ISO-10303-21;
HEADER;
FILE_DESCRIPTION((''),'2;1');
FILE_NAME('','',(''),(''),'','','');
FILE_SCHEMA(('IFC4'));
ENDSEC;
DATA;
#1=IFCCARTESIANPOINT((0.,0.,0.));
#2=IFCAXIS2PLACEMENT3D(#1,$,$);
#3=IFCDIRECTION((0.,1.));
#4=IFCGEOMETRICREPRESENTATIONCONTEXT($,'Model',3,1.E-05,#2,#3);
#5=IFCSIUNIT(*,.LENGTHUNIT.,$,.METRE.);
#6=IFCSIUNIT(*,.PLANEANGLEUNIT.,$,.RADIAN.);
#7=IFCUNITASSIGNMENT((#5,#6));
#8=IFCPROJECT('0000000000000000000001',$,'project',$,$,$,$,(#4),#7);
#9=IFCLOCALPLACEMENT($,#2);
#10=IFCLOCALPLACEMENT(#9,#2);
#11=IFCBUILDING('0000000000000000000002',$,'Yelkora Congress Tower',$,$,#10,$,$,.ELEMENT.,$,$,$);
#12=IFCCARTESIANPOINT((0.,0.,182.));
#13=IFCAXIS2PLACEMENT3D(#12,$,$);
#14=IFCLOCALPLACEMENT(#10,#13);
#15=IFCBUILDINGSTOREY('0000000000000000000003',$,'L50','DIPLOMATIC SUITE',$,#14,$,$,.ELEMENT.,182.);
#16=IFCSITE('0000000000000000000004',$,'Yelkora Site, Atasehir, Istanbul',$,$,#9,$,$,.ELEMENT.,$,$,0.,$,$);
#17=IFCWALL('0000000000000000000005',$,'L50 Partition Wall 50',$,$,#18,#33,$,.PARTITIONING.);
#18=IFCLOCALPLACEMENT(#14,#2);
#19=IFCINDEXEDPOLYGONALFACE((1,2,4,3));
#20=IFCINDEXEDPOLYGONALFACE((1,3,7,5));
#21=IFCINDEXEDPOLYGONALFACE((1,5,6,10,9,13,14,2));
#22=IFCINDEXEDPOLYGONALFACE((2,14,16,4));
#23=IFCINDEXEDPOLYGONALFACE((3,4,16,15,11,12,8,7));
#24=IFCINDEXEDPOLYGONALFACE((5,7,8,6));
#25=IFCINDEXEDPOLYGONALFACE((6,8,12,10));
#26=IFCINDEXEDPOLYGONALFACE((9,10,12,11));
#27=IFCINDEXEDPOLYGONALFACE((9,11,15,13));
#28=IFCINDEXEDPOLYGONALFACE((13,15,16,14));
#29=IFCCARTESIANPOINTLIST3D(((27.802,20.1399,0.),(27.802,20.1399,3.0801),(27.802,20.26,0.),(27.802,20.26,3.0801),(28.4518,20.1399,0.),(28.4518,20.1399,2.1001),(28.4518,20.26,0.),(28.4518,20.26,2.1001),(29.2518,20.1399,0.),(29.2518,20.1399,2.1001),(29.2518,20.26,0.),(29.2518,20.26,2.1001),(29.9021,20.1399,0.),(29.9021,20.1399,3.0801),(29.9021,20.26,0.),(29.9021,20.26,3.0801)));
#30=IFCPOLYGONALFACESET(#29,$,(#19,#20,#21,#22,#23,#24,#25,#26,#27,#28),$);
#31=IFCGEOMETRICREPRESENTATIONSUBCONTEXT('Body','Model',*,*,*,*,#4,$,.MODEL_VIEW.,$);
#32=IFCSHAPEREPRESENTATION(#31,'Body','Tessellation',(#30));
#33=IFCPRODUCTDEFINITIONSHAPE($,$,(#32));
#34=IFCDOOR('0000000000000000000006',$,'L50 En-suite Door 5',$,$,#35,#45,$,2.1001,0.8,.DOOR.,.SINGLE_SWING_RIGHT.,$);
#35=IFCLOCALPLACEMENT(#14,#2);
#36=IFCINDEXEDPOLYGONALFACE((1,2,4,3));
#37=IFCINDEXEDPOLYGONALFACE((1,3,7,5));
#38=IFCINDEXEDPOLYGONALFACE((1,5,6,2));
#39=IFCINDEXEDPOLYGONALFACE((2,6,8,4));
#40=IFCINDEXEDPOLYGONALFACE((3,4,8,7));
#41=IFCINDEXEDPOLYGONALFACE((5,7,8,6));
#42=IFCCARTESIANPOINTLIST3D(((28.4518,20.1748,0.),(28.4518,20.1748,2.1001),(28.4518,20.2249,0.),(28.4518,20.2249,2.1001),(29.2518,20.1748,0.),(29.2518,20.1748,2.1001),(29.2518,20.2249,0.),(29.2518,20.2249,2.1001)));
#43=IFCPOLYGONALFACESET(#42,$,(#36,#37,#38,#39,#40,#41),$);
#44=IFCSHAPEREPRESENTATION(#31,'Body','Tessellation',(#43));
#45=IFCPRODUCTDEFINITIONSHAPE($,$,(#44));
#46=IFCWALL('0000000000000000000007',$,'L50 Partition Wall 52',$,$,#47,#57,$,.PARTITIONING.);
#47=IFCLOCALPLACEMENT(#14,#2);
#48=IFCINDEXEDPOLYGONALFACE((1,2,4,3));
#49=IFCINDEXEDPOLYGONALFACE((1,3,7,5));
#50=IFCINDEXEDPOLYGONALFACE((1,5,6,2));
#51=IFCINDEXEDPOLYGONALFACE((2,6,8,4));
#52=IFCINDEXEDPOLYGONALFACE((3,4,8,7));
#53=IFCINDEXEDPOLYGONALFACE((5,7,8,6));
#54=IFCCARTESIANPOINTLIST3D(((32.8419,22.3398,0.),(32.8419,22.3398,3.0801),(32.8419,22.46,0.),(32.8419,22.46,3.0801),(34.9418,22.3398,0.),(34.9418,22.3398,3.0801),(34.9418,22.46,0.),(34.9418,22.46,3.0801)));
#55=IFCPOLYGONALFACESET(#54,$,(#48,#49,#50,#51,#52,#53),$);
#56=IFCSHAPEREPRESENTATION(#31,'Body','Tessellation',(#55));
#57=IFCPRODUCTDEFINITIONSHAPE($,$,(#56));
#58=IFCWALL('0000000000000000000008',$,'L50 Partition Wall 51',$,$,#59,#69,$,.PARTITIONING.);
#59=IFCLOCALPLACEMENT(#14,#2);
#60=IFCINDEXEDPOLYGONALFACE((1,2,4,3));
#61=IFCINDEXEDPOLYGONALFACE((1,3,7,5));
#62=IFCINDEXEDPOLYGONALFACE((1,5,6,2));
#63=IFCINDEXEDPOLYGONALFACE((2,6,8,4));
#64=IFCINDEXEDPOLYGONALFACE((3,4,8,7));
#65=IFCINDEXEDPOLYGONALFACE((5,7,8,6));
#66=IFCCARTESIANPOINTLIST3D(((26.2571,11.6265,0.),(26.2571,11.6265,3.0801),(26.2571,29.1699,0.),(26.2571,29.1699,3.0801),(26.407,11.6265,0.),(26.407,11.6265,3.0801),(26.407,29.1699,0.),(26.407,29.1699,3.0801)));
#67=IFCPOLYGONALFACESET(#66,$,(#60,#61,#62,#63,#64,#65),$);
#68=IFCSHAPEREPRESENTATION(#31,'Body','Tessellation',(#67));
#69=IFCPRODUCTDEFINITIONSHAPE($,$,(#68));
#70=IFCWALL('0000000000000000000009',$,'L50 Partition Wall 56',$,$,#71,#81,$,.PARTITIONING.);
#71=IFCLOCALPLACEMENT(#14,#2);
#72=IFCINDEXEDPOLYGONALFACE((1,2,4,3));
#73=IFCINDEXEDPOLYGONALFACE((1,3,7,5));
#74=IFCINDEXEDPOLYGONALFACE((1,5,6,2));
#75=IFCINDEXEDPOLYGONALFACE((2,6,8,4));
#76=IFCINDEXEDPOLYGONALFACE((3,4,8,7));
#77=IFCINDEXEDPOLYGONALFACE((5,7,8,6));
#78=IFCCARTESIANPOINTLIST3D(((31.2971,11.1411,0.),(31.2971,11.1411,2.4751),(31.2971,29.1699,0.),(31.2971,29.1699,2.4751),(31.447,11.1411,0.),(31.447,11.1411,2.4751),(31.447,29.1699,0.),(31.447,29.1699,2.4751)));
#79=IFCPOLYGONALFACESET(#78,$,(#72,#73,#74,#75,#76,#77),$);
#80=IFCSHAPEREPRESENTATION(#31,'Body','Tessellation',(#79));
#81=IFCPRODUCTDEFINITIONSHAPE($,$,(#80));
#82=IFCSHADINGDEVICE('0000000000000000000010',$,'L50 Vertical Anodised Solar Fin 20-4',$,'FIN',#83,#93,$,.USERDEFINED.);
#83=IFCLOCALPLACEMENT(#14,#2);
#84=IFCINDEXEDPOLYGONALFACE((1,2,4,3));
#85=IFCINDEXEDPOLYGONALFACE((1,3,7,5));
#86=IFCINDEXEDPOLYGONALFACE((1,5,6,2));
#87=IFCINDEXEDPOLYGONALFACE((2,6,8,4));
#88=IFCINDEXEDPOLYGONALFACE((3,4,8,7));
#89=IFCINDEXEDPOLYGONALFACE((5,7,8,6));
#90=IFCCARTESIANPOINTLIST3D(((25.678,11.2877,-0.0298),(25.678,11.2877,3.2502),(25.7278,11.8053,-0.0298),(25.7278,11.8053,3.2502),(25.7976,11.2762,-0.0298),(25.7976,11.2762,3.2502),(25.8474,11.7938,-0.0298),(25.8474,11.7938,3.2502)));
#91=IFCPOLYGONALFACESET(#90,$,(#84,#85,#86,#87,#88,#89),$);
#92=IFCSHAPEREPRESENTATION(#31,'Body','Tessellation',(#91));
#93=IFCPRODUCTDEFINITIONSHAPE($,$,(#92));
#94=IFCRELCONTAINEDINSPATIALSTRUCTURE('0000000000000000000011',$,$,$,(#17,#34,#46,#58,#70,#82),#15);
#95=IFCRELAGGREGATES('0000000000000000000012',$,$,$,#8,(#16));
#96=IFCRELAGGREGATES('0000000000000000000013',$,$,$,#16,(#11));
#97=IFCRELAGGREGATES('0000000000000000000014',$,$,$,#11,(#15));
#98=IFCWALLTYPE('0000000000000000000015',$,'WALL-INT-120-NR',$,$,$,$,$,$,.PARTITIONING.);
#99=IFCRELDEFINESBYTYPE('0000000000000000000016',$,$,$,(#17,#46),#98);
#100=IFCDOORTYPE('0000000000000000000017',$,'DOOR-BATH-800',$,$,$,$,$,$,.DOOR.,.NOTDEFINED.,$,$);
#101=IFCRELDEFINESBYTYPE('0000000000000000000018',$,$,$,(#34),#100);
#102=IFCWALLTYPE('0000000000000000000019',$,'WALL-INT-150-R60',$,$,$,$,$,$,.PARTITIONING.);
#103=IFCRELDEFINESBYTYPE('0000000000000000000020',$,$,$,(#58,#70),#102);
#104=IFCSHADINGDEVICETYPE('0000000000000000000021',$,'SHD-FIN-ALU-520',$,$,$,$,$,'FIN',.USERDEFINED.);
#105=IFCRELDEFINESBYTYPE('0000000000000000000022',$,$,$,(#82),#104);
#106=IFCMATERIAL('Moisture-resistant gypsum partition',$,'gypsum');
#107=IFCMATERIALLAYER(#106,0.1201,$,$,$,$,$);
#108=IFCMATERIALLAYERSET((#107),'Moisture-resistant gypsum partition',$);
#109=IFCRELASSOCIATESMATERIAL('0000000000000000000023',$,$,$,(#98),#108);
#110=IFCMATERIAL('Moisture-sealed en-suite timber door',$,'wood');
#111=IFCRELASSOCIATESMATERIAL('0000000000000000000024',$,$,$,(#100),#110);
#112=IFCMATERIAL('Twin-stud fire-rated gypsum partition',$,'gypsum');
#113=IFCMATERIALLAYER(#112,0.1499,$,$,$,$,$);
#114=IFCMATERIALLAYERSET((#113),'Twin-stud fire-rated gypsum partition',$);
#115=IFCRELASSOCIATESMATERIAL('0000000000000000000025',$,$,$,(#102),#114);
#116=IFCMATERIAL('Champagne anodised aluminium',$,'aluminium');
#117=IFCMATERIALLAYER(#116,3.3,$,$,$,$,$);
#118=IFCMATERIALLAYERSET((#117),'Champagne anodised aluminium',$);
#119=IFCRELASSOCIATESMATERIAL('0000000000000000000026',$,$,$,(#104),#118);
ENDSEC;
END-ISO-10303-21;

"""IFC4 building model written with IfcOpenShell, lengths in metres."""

from ifc_helpers import new_model, si_unit, direction, frame, frame_2d, origin, origin_2d, place, context, subcontext, project, spatial, rectangle, extrude, material, layer, layer_set, type_object, element, fill, save


model = new_model("IFC4")

# Units and contexts
model_context = context("Model", 3, precision=1e-05, world=origin(), true_north=direction((0.0, 1.0)))
body_context = subcontext(model_context, "Body", "Model", "MODEL_VIEW")
ifc_project = project(units=[si_unit("LENGTHUNIT", "METRE"), si_unit("PLANEANGLEUNIT", "RADIAN")], contexts=[model_context])

# Site, building, storey
site_placement = place(None, origin())
site = spatial("IfcSite", under=ifc_project, at=site_placement, Name="Yelkora Site, Atasehir, Istanbul", CompositionType="ELEMENT", RefElevation=0.0)
building_placement = place(site_placement, origin())
building = spatial("IfcBuilding", under=site, at=building_placement, Name="Yelkora Congress Tower", CompositionType="ELEMENT")
storey_placement = place(building_placement, frame((0.0, 0.0, 182.0)))
storey = spatial("IfcBuildingStorey", under=building, at=storey_placement, Name="L50", Description="DIPLOMATIC SUITE", CompositionType="ELEMENT", Elevation=182.0)

# Shared definitions
ifc_material_1 = material(Name="Moisture-resistant gypsum partition", Category="gypsum")
ifc_layer_1 = layer(ifc_material_1, 0.1201)
ifc_layer_set_1 = layer_set([ifc_layer_1], Name="Moisture-resistant gypsum partition")
wall_type_1 = type_object("IfcWallType", Name="WALL-INT-120-NR", PredefinedType="PARTITIONING", material=ifc_layer_set_1)

# Wall, opening, door
wall_1_placement = place(storey_placement, frame((27.802, 20.2, 0.0), z_axis=(0.0, 0.0, 1.0), x_axis=(1.0, 0.0, 0.0)))
wall_1 = element("IfcWall", 1, at=wall_1_placement, inside=storey, type_object=wall_type_1, Name="L50 Partition Wall 50", PredefinedType="PARTITIONING", context=body_context, shape_type="SweptSolid", body=[
    extrude(rectangle(XDim=2.1001, YDim=0.1201, at=frame_2d((1.05, 0.0))), origin(), (0.0, 0.0, 1.0), 3.0801),
])
opening_placement = place(wall_1_placement, frame((0.6499, 0.0, 0.0)))
opening = element("IfcOpeningElement", 2, at=opening_placement, cuts=wall_1, PredefinedType="OPENING", context=body_context, shape_type="SweptSolid", body=[
    extrude(rectangle(XDim=0.8, YDim=2.1001, at=frame_2d((0.3999, 1.05))), frame((0.0, 0.0701, 0.0), z_axis=(0.0, -1.0, 0.0), x_axis=(1.0, 0.0, 0.0)), (0.0, 0.0, 1.0), 0.1401),
])
ifc_material_2 = material(Name="Moisture-sealed en-suite timber door", Category="wood")
door_type = type_object("IfcDoorType", Name="DOOR-BATH-800", OperationType="NOTDEFINED", PredefinedType="DOOR", material=ifc_material_2)
door_placement = place(opening_placement, origin())
door = element("IfcDoor", 3, at=door_placement, inside=storey, type_object=door_type, Name="L50 En-suite Door 5", OperationType="SINGLE_SWING_RIGHT", OverallHeight=2.1001, OverallWidth=0.8, PredefinedType="DOOR", context=body_context, shape_type="SweptSolid", body=[
    extrude(rectangle(XDim=0.8, YDim=2.1001, at=frame_2d((0.3999, 1.05))), frame((0.0, 0.0249, 0.0), z_axis=(0.0, -1.0, 0.0), x_axis=(1.0, 0.0, 0.0)), (0.0, 0.0, 1.0), 0.05),
])
fill(opening, door)

# Walls
wall_2_placement = place(storey_placement, frame((32.842, 22.3999, 0.0), z_axis=(0.0, 0.0, 1.0), x_axis=(1.0, 0.0, 0.0)))
element("IfcWall", 4, at=wall_2_placement, inside=storey, type_object=wall_type_1, Name="L50 Partition Wall 52", PredefinedType="PARTITIONING", context=body_context, shape_type="SweptSolid", body=[
    extrude(rectangle(XDim=2.0999, YDim=0.1201, at=frame_2d((1.0498, 0.0))), origin(), (0.0, 0.0, 1.0), 3.0801),
])
ifc_material_3 = material(Name="Twin-stud fire-rated gypsum partition", Category="gypsum")
ifc_layer_2 = layer(ifc_material_3, 0.1499)
ifc_layer_set_2 = layer_set([ifc_layer_2], Name="Twin-stud fire-rated gypsum partition")
wall_type_2 = type_object("IfcWallType", Name="WALL-INT-150-R60", PredefinedType="PARTITIONING", material=ifc_layer_set_2)
wall_3_placement = place(storey_placement, frame((26.332, 11.6265, 0.0), z_axis=(0.0, 0.0, 1.0), x_axis=(0.0, 1.0, 0.0)))
element("IfcWall", 5, at=wall_3_placement, inside=storey, type_object=wall_type_2, Name="L50 Partition Wall 51", PredefinedType="PARTITIONING", context=body_context, shape_type="SweptSolid", body=[
    extrude(rectangle(XDim=17.5435, YDim=0.1499, at=frame_2d((8.7717, 0.0))), origin(), (0.0, 0.0, 1.0), 3.0801),
])
wall_4_placement = place(storey_placement, frame((31.3721, 11.1411, 0.0), z_axis=(0.0, 0.0, 1.0), x_axis=(0.0, 1.0, 0.0)))
element("IfcWall", 6, at=wall_4_placement, inside=storey, type_object=wall_type_2, Name="L50 Partition Wall 56", PredefinedType="PARTITIONING", context=body_context, shape_type="SweptSolid", body=[
    extrude(rectangle(XDim=18.0288, YDim=0.1499, at=frame_2d((9.0144, 0.0))), origin(), (0.0, 0.0, 1.0), 2.4751),
])

# Shading device
ifc_material_4 = material(Name="Champagne anodised aluminium", Category="aluminium")
ifc_layer_3 = layer(ifc_material_4, 3.3)
ifc_layer_set_3 = layer_set([ifc_layer_3], Name="Champagne anodised aluminium")
shading_device_type = type_object("IfcShadingDeviceType", Name="SHD-FIN-ALU-520", ElementType="FIN", PredefinedType="USERDEFINED", material=ifc_layer_set_3)
shading_device_placement = place(storey_placement, frame((25.7627, 11.5408, -0.0298), z_axis=(0.0, 0.0, 1.0), x_axis=(-0.995396, 0.095846, 0.0)))
element("IfcShadingDevice", 7, at=shading_device_placement, inside=storey, type_object=shading_device_type, Name="L50 Vertical Anodised Solar Fin 20-4", ObjectType="FIN", PredefinedType="USERDEFINED", context=body_context, shape_type="SweptSolid", body=[
    extrude(rectangle(XDim=0.1201, YDim=0.52, at=origin_2d()), origin(), (0.0, 0.0, 1.0), 3.28),
])

save(model, "model.ifc")
